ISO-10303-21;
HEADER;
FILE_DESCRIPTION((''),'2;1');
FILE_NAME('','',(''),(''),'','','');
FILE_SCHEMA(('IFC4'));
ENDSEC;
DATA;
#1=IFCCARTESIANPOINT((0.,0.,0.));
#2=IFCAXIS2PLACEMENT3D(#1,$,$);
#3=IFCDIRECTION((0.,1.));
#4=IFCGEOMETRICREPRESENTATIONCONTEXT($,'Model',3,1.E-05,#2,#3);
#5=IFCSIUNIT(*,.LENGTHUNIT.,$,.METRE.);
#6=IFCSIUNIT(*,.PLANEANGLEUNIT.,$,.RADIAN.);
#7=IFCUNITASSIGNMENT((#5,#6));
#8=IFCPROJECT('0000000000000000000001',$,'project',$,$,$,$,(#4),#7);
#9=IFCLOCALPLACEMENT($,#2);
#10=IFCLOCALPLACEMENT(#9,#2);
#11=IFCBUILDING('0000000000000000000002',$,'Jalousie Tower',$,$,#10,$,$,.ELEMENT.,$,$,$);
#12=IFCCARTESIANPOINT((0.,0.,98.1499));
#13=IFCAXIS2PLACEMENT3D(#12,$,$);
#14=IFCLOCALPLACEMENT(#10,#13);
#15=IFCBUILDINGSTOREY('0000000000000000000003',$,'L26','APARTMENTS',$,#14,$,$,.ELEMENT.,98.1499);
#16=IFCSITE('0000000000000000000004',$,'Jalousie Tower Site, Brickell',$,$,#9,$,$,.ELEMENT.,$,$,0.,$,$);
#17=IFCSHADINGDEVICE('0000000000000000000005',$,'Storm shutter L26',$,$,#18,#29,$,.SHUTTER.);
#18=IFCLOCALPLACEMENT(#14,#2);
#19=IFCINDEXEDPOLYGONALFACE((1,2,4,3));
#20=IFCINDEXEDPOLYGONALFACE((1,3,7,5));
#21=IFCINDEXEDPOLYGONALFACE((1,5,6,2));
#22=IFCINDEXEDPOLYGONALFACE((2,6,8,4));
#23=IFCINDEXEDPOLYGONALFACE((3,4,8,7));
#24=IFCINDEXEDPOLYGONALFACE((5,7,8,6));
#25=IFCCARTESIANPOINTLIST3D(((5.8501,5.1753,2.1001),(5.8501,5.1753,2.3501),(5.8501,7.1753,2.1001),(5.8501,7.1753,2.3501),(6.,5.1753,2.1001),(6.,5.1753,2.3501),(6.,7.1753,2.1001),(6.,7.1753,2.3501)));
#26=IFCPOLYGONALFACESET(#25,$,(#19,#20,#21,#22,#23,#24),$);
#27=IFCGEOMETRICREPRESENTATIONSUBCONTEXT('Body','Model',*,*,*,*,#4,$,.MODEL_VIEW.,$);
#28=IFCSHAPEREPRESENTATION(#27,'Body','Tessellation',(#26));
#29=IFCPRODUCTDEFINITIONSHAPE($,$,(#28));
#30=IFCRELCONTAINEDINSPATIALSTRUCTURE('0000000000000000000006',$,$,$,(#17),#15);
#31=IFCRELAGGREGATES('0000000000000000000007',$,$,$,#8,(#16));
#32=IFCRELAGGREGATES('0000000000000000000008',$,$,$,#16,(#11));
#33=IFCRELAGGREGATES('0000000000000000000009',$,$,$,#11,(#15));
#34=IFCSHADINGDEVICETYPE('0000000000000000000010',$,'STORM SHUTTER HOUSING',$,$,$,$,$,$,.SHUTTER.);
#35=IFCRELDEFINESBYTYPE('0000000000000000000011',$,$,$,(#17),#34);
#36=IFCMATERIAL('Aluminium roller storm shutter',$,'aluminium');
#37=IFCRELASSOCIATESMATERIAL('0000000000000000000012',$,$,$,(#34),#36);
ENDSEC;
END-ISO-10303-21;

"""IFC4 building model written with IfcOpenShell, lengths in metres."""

from ifc_helpers import new_model, si_unit, direction, frame, origin, origin_2d, place, context, subcontext, project, spatial, rectangle, extrude, material, type_object, element, save


model = new_model("IFC4")

# Units and contexts
model_context = context("Model", 3, precision=1e-05, world=origin(), true_north=direction((0.0, 1.0)))
body_context = subcontext(model_context, "Body", "Model", "MODEL_VIEW")
ifc_project = project(units=[si_unit("LENGTHUNIT", "METRE"), si_unit("PLANEANGLEUNIT", "RADIAN")], contexts=[model_context])

# Site, building, storey
site_placement = place(None, origin())
site = spatial("IfcSite", under=ifc_project, at=site_placement, Name="Jalousie Tower Site, Brickell", CompositionType="ELEMENT", RefElevation=0.0)
building_placement = place(site_placement, origin())
building = spatial("IfcBuilding", under=site, at=building_placement, Name="Jalousie Tower", CompositionType="ELEMENT")
storey_placement = place(building_placement, frame((0.0, 0.0, 98.1499)))
storey = spatial("IfcBuildingStorey", under=building, at=storey_placement, Name="L26", Description="APARTMENTS", CompositionType="ELEMENT", Elevation=98.1499)

# Shading device
ifc_material_1 = material(Name="Aluminium roller storm shutter", Category="aluminium")
shading_device_type = type_object("IfcShadingDeviceType", Name="STORM SHUTTER HOUSING", PredefinedType="SHUTTER", material=ifc_material_1)
for number, where, z_axis, x_axis, name in (
    (1, (5.925, 6.1753, 2.1001), (0.0, 0.0, 1.0), (0.0, -1.0, 0.0), "Storm shutter L26"),
):
    element("IfcShadingDevice", number, at=place(storey_placement, frame(where, z_axis=z_axis, x_axis=x_axis)), inside=storey, type_object=shading_device_type, Name=name, PredefinedType="SHUTTER", context=body_context, shape_type="SweptSolid", body=[
        extrude(rectangle(XDim=2.0, YDim=0.1499, at=origin_2d()), origin(), (0.0, 0.0, 1.0), 0.25),
    ])

save(model, "model.ifc")
